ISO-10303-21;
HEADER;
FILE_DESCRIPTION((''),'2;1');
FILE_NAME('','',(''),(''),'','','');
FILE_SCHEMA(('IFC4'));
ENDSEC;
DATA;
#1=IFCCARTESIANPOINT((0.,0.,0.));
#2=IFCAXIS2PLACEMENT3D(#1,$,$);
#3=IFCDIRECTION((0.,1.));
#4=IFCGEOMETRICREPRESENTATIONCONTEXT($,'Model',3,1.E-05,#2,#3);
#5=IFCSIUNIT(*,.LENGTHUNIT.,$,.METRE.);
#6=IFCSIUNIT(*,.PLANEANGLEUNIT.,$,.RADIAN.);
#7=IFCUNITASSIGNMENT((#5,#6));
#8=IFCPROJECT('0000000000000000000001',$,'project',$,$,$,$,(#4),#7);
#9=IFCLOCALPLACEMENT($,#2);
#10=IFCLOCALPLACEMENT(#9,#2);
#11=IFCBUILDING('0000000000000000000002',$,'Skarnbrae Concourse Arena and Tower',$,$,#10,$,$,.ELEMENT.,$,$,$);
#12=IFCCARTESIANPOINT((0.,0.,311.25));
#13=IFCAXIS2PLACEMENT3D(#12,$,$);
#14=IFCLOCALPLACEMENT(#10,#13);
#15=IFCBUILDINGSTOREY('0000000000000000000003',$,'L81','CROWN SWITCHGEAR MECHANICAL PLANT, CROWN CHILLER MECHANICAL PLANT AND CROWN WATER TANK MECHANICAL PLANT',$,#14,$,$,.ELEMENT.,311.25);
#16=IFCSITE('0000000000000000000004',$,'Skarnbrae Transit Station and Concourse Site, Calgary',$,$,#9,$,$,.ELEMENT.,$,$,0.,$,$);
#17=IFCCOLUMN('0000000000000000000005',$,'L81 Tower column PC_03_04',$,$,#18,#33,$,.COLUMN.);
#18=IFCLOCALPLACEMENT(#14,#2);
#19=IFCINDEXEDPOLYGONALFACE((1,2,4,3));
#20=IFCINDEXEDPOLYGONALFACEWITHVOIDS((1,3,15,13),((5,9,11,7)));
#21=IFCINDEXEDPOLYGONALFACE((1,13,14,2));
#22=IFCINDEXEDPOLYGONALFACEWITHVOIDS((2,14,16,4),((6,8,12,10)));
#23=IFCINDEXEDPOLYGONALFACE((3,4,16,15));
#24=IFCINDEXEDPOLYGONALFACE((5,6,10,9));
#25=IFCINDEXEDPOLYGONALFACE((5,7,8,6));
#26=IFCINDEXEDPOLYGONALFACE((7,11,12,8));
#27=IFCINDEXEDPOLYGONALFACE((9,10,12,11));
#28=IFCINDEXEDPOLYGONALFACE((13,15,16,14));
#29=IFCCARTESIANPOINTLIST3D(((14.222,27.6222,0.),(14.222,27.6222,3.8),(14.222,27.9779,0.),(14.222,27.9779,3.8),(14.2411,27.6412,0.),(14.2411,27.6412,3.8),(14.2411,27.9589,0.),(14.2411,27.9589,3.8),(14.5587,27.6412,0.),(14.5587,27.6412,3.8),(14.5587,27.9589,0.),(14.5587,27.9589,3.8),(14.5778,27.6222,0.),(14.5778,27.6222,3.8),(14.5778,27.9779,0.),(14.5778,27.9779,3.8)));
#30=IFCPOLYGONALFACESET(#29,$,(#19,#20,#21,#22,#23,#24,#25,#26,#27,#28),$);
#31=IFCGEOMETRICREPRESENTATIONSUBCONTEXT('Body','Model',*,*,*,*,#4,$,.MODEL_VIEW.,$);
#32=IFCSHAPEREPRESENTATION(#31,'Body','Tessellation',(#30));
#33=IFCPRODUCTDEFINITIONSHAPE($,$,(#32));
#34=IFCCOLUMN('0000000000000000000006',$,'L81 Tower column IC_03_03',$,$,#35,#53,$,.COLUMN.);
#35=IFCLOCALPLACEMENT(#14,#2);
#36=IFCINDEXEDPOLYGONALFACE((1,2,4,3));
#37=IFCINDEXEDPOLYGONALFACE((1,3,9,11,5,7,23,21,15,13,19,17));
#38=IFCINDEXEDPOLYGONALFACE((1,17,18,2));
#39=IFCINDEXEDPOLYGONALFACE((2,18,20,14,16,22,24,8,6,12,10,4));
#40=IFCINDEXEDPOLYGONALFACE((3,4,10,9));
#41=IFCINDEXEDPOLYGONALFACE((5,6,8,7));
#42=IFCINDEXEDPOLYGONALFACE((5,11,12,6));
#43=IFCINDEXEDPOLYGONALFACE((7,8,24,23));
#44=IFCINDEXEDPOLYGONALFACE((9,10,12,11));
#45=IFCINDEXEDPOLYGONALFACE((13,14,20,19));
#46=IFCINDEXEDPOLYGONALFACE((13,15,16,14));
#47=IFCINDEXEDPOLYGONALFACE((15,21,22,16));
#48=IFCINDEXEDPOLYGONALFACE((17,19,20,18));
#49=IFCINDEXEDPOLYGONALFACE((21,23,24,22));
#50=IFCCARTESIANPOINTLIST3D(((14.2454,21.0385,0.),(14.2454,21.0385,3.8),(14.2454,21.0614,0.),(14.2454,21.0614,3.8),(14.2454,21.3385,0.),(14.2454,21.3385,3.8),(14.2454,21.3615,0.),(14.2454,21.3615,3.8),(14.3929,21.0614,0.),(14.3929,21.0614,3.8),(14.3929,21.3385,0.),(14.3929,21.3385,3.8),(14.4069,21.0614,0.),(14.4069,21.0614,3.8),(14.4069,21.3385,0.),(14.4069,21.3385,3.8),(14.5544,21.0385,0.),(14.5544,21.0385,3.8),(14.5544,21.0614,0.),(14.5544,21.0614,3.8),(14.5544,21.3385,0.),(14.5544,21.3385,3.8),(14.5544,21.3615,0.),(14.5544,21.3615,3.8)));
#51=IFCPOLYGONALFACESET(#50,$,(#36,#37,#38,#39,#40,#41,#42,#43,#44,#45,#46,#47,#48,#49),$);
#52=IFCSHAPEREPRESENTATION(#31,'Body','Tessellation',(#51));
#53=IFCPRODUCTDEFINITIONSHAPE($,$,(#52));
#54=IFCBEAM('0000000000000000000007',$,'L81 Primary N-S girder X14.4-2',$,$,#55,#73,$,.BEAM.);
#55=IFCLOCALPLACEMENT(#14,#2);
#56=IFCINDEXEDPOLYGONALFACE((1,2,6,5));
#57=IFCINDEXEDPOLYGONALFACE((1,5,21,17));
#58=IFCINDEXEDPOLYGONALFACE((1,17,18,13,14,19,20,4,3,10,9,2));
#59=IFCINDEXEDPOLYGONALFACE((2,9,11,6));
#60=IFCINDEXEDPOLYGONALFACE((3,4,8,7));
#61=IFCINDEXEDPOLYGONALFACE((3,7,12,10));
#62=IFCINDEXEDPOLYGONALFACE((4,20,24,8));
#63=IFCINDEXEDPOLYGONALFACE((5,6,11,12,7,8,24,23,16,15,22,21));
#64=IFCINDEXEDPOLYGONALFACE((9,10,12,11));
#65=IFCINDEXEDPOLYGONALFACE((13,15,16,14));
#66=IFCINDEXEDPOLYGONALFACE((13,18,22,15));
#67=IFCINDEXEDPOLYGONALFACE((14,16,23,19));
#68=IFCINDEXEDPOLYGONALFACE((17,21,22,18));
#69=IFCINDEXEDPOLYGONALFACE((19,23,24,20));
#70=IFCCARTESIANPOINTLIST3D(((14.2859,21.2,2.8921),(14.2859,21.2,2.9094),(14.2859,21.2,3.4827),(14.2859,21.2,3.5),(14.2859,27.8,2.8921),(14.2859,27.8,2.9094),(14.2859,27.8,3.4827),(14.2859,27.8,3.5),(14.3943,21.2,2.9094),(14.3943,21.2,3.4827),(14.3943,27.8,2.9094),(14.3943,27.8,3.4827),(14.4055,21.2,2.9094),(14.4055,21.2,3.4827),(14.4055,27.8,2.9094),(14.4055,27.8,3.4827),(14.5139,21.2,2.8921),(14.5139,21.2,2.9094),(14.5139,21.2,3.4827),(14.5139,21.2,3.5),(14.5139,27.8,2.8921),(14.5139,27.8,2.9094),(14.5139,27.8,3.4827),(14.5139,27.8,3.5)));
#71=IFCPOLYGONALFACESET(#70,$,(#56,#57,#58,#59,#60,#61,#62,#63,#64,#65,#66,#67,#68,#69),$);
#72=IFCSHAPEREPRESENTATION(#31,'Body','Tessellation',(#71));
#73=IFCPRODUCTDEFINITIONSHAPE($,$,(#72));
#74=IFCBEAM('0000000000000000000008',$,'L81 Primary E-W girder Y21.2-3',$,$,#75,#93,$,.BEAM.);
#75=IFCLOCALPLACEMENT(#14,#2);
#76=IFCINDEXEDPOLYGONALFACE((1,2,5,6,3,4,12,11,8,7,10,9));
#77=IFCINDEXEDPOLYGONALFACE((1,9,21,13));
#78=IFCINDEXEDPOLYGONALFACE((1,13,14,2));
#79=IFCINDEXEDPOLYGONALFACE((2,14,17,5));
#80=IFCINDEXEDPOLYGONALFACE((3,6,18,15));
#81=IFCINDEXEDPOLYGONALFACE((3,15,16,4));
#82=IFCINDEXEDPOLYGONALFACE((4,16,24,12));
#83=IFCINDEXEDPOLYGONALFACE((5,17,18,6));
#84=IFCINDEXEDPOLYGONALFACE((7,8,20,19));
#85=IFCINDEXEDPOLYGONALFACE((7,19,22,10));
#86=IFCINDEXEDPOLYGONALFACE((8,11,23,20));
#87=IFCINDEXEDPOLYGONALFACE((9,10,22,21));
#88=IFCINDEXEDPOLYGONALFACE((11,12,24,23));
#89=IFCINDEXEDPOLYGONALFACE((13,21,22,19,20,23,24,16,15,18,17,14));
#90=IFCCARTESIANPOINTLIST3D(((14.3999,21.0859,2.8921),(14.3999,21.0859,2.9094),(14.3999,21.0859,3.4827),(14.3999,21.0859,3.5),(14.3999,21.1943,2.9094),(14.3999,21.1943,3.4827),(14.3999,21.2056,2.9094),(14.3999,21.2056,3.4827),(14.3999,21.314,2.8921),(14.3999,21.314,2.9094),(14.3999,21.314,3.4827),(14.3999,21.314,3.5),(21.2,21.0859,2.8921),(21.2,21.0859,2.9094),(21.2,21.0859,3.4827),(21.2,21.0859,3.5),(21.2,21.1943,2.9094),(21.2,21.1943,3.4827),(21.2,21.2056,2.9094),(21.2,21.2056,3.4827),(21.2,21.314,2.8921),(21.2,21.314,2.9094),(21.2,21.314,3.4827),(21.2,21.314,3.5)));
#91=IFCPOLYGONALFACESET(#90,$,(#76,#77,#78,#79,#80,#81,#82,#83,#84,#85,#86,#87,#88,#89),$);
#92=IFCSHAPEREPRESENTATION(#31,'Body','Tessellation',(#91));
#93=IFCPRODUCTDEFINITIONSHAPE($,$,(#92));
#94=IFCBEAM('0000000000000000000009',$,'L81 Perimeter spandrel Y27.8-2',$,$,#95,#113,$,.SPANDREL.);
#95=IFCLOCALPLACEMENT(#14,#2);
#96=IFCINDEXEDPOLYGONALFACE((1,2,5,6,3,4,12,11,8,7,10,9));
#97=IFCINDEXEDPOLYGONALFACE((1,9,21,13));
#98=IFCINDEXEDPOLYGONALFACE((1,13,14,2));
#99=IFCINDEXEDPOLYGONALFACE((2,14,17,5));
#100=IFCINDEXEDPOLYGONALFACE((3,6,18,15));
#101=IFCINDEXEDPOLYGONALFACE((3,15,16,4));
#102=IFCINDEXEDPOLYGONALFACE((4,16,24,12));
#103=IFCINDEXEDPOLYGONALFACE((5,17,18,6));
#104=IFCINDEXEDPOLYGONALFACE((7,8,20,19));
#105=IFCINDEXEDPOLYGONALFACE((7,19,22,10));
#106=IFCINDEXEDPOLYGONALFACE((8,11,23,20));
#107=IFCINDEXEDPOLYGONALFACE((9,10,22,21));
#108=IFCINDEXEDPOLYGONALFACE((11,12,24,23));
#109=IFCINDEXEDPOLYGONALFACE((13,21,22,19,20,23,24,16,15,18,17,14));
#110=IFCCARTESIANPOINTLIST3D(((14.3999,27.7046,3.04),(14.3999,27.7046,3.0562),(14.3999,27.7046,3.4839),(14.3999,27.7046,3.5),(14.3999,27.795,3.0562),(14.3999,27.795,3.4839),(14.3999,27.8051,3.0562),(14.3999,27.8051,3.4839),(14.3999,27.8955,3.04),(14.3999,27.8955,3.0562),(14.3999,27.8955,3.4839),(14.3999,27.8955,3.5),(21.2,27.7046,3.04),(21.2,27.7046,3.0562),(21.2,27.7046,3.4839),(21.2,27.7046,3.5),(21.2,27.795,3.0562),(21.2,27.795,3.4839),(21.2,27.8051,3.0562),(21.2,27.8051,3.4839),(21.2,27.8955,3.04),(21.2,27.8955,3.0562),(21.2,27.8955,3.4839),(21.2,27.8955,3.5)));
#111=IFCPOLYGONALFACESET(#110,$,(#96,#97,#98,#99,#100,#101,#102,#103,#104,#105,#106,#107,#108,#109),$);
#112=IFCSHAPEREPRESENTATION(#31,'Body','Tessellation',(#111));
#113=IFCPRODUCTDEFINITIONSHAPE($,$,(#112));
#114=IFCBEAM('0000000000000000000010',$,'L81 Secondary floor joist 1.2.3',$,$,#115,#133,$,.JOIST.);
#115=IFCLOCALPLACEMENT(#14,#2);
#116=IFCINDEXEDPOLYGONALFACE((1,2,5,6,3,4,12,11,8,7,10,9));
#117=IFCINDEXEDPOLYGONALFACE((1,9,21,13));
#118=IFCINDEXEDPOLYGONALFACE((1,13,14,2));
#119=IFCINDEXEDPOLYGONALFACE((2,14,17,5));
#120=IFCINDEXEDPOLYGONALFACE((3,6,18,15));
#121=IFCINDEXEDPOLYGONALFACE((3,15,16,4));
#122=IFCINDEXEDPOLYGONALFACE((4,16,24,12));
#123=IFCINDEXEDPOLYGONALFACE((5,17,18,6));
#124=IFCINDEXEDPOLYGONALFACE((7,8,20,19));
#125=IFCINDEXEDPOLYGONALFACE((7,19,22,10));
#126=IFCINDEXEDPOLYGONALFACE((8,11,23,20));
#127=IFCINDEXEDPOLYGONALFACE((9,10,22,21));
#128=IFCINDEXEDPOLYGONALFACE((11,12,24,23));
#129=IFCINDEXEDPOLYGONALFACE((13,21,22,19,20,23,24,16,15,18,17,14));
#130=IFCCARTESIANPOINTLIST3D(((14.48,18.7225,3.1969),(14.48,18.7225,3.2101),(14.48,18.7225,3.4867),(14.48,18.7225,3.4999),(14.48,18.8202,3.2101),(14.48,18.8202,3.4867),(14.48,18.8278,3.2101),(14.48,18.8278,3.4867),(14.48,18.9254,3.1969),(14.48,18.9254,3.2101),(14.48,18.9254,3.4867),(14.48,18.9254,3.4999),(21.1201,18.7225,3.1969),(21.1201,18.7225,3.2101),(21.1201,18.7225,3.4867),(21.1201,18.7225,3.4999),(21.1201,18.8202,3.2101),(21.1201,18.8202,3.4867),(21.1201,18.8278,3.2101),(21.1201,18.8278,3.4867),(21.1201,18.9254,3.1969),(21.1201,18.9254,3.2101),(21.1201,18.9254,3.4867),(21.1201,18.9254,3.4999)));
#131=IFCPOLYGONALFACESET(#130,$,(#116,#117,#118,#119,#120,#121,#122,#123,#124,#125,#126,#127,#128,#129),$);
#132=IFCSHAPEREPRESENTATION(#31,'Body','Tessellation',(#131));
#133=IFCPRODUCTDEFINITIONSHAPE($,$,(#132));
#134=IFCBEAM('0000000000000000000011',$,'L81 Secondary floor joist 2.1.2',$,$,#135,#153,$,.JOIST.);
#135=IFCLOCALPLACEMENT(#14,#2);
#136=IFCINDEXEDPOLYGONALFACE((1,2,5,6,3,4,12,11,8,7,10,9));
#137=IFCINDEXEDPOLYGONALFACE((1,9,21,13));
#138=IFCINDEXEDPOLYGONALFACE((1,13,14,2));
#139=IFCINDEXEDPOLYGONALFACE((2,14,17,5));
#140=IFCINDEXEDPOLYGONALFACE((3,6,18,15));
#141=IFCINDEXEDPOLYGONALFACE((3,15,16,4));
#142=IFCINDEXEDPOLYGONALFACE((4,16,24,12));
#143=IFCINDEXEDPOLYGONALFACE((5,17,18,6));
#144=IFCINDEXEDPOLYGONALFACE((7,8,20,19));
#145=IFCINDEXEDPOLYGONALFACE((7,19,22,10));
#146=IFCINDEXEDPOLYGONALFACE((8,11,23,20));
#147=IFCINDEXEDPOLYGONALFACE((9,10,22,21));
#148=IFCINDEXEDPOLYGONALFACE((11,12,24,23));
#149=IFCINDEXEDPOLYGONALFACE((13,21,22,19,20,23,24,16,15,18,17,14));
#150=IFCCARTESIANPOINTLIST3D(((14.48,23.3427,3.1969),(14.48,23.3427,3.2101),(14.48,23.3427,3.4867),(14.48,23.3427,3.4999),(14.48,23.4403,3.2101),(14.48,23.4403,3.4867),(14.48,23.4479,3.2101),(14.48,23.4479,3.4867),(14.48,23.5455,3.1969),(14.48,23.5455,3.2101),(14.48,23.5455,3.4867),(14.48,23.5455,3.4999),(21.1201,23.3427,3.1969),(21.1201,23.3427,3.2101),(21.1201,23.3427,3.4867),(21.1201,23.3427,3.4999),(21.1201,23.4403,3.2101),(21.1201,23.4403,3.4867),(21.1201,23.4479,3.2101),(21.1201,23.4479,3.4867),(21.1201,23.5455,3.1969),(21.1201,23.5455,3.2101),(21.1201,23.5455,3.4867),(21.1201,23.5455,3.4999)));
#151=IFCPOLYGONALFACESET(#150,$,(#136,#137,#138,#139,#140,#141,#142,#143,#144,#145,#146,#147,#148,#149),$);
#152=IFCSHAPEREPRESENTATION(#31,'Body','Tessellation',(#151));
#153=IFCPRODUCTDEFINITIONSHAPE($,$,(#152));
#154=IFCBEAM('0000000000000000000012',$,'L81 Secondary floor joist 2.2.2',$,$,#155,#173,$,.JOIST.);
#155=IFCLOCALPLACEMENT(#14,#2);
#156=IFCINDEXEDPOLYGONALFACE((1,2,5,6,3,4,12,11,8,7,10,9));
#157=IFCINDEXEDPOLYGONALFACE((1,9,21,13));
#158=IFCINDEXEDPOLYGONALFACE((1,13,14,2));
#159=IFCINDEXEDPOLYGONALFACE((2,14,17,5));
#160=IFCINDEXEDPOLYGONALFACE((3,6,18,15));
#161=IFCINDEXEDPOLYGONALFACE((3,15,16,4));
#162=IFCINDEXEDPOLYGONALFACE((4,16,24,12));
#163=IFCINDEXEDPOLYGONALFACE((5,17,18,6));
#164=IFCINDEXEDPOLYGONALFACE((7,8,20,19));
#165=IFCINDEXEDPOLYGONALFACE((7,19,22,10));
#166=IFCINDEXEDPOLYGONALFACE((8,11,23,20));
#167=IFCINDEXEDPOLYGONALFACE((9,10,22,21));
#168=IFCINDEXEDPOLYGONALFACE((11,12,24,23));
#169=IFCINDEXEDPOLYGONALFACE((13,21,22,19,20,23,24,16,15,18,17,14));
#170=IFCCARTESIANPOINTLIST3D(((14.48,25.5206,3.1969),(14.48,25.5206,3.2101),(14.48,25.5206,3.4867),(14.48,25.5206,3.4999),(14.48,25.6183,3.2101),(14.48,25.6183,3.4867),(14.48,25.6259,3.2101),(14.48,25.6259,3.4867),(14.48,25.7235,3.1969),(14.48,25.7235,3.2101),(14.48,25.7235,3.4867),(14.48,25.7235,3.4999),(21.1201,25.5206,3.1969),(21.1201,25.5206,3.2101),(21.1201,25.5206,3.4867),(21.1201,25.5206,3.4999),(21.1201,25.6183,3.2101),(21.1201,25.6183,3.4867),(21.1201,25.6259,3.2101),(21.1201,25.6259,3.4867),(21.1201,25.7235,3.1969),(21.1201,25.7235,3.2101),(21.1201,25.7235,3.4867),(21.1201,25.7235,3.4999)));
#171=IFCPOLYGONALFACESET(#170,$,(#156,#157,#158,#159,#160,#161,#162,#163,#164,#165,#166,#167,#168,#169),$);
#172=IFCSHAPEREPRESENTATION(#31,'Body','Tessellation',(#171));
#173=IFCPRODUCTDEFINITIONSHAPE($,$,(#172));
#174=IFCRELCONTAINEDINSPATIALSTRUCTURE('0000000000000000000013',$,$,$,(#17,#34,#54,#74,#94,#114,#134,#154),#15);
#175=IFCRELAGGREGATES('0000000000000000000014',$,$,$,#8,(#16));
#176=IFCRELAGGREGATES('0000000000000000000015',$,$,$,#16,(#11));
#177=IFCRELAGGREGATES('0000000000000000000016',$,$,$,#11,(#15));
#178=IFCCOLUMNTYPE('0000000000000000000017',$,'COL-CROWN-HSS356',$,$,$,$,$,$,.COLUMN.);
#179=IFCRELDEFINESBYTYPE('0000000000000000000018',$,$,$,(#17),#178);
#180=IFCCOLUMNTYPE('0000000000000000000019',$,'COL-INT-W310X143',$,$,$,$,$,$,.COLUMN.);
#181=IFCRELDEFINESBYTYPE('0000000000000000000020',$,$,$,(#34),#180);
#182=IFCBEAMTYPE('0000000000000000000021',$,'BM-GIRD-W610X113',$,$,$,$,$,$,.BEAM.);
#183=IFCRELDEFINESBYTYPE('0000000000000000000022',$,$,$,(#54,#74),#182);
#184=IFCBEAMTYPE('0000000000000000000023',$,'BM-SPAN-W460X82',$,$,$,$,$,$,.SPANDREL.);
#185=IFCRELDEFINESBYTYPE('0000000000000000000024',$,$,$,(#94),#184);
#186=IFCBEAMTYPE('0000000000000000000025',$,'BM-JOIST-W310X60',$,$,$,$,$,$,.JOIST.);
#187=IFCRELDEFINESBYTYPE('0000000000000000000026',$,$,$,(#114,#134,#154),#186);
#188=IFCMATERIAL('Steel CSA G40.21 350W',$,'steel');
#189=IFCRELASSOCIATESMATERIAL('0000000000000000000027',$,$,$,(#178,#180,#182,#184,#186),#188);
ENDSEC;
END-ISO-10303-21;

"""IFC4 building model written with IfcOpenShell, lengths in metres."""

from ifc_helpers import new_model, si_unit, direction, frame, origin, origin_2d, place, context, subcontext, project, spatial, hollow_rectangle, i_section, extrude, source, transform, mapped, material, material_profile, profile_set, type_object, element, save


model = new_model("IFC4")

# Units and contexts
model_context = context("Model", 3, precision=1e-05, world=origin(), true_north=direction((0.0, 1.0)))
body_context = subcontext(model_context, "Body", "Model", "MODEL_VIEW")
ifc_project = project(units=[si_unit("LENGTHUNIT", "METRE"), si_unit("PLANEANGLEUNIT", "RADIAN")], contexts=[model_context])

# Site, building, storey
site_placement = place(None, origin())
site = spatial("IfcSite", under=ifc_project, at=site_placement, Name="Skarnbrae Transit Station and Concourse Site, Calgary", CompositionType="ELEMENT", RefElevation=0.0)
building_placement = place(site_placement, origin())
building = spatial("IfcBuilding", under=site, at=building_placement, Name="Skarnbrae Concourse Arena and Tower", CompositionType="ELEMENT")
storey_placement = place(building_placement, frame((0.0, 0.0, 311.25)))
storey = spatial("IfcBuildingStorey", under=building, at=storey_placement, Name="L81", Description="CROWN SWITCHGEAR MECHANICAL PLANT, CROWN CHILLER MECHANICAL PLANT AND CROWN WATER TANK MECHANICAL PLANT", CompositionType="ELEMENT", Elevation=311.25)

# Columns
ifc_material_1 = material(Name="Steel CSA G40.21 350W", Category="steel")
ifc_material_profile_1 = material_profile(ifc_material_1, hollow_rectangle(XDim=0.3557, YDim=0.3557, WallThickness=0.019, at=origin_2d()), Name="HSS356X356X19.0")
ifc_profile_set_1 = profile_set([ifc_material_profile_1], Name="Steel CSA G40.21 350W")
column_type_1 = type_object("IfcColumnType", Name="COL-CROWN-HSS356", PredefinedType="COLUMN", material=ifc_profile_set_1)
shared_shape_1 = source(origin(), body_context, "Body", "SweptSolid", [
    extrude(hollow_rectangle(XDim=0.3557, YDim=0.3557, WallThickness=0.019, at=origin_2d()), origin(), (0.0, 0.0, 1.0), 3.8),
])
column_1_placement = place(storey_placement, frame((14.3999, 27.8, 0.0), z_axis=(0.0, 0.0, 1.0), x_axis=(1.0, 0.0, 0.0)))
element("IfcColumn", 1, at=column_1_placement, inside=storey, type_object=column_type_1, Name="L81 Tower column PC_03_04", PredefinedType="COLUMN", context=body_context, shape_type="MappedRepresentation", body=[
    mapped(shared_shape_1, transform((0.0, 0.0, 0.0))),
])
ifc_material_profile_2 = material_profile(ifc_material_1, i_section(OverallWidth=0.3091, OverallDepth=0.323, WebThickness=0.0139, FlangeThickness=0.0229, at=origin_2d()), Name="W310X143")
ifc_profile_set_2 = profile_set([ifc_material_profile_2], Name="Steel CSA G40.21 350W")
column_type_2 = type_object("IfcColumnType", Name="COL-INT-W310X143", PredefinedType="COLUMN", material=ifc_profile_set_2)
shared_shape_2 = source(origin(), body_context, "Body", "SweptSolid", [
    extrude(i_section(OverallWidth=0.3091, OverallDepth=0.323, WebThickness=0.0139, FlangeThickness=0.0229, at=origin_2d()), origin(), (0.0, 0.0, 1.0), 3.8),
])
column_2_placement = place(storey_placement, frame((14.3999, 21.2, 0.0), z_axis=(0.0, 0.0, 1.0), x_axis=(1.0, 0.0, 0.0)))
element("IfcColumn", 2, at=column_2_placement, inside=storey, type_object=column_type_2, Name="L81 Tower column IC_03_03", PredefinedType="COLUMN", context=body_context, shape_type="MappedRepresentation", body=[
    mapped(shared_shape_2, transform((0.0, 0.0, 0.0))),
])

# Beams
ifc_material_profile_3 = material_profile(ifc_material_1, i_section(OverallWidth=0.228, OverallDepth=0.6079, WebThickness=0.0112, FlangeThickness=0.0173, at=origin_2d()), Name="W610X113")
ifc_profile_set_3 = profile_set([ifc_material_profile_3], Name="Steel CSA G40.21 350W")
beam_type_1 = type_object("IfcBeamType", Name="BM-GIRD-W610X113", PredefinedType="BEAM", material=ifc_profile_set_3)
shared_shape_3 = source(origin(), body_context, "Body", "SweptSolid", [
    extrude(i_section(OverallWidth=0.228, OverallDepth=0.6079, WebThickness=0.0112, FlangeThickness=0.0173, at=origin_2d()), origin(), (0.0, 0.0, 1.0), 6.6001),
])
beam_1_placement = place(storey_placement, frame((14.3999, 21.2, 3.196), z_axis=(0.0, 1.0, 0.0), x_axis=(-1.0, 0.0, 0.0)))
element("IfcBeam", 3, at=beam_1_placement, inside=storey, type_object=beam_type_1, Name="L81 Primary N-S girder X14.4-2", PredefinedType="BEAM", context=body_context, shape_type="MappedRepresentation", body=[
    mapped(shared_shape_3, transform((0.0, 0.0, 0.0))),
])
shared_shape_4 = source(origin(), body_context, "Body", "SweptSolid", [
    extrude(i_section(OverallWidth=0.228, OverallDepth=0.6079, WebThickness=0.0112, FlangeThickness=0.0173, at=origin_2d()), origin(), (0.0, 0.0, 1.0), 6.8),
])
beam_2_placement = place(storey_placement, frame((14.3999, 21.2, 3.196), z_axis=(1.0, 0.0, 0.0), x_axis=(0.0, 1.0, 0.0)))
element("IfcBeam", 4, at=beam_2_placement, inside=storey, type_object=beam_type_1, Name="L81 Primary E-W girder Y21.2-3", PredefinedType="BEAM", context=body_context, shape_type="MappedRepresentation", body=[
    mapped(shared_shape_4, transform((0.0, 0.0, 0.0))),
])
ifc_material_profile_4 = material_profile(ifc_material_1, i_section(OverallWidth=0.1909, OverallDepth=0.46, WebThickness=0.01, FlangeThickness=0.0161, at=origin_2d()), Name="W460X82")
ifc_profile_set_4 = profile_set([ifc_material_profile_4], Name="Steel CSA G40.21 350W")
beam_type_2 = type_object("IfcBeamType", Name="BM-SPAN-W460X82", PredefinedType="SPANDREL", material=ifc_profile_set_4)
shared_shape_5 = source(origin(), body_context, "Body", "SweptSolid", [
    extrude(i_section(OverallWidth=0.1909, OverallDepth=0.46, WebThickness=0.01, FlangeThickness=0.0161, at=origin_2d()), origin(), (0.0, 0.0, 1.0), 6.8),
])
beam_3_placement = place(storey_placement, frame((14.3999, 27.8, 3.27), z_axis=(1.0, 0.0, 0.0), x_axis=(0.0, 1.0, 0.0)))
element("IfcBeam", 5, at=beam_3_placement, inside=storey, type_object=beam_type_2, Name="L81 Perimeter spandrel Y27.8-2", PredefinedType="SPANDREL", context=body_context, shape_type="MappedRepresentation", body=[
    mapped(shared_shape_5, transform((0.0, 0.0, 0.0))),
])
ifc_material_profile_5 = material_profile(ifc_material_1, i_section(OverallWidth=0.2029, OverallDepth=0.303, WebThickness=0.0076, FlangeThickness=0.0132, at=origin_2d()), Name="W310X60")
ifc_profile_set_5 = profile_set([ifc_material_profile_5], Name="Steel CSA G40.21 350W")
beam_type_3 = type_object("IfcBeamType", Name="BM-JOIST-W310X60", PredefinedType="JOIST", material=ifc_profile_set_5)
shared_shape_6 = source(origin(), body_context, "Body", "SweptSolid", [
    extrude(i_section(OverallWidth=0.2029, OverallDepth=0.303, WebThickness=0.0076, FlangeThickness=0.0132, at=origin_2d()), origin(), (0.0, 0.0, 1.0), 6.6401),
])
for number, where, z_axis, x_axis, name in (
    (6, (14.48, 18.824, 3.3484), (1.0, 0.0, 0.0), (0.0, 1.0, 0.0), "L81 Secondary floor joist 1.2.3"),
    (7, (14.48, 23.4441, 3.3484), (1.0, 0.0, 0.0), (0.0, 1.0, 0.0), "L81 Secondary floor joist 2.1.2"),
    (8, (14.48, 25.6221, 3.3484), (1.0, 0.0, 0.0), (0.0, 1.0, 0.0), "L81 Secondary floor joist 2.2.2"),
):
    element("IfcBeam", number, at=place(storey_placement, frame(where, z_axis=z_axis, x_axis=x_axis)), inside=storey, type_object=beam_type_3, Name=name, PredefinedType="JOIST", context=body_context, shape_type="MappedRepresentation", body=[
        mapped(shared_shape_6, transform((0.0, 0.0, 0.0))),
    ])

save(model, "model.ifc")
